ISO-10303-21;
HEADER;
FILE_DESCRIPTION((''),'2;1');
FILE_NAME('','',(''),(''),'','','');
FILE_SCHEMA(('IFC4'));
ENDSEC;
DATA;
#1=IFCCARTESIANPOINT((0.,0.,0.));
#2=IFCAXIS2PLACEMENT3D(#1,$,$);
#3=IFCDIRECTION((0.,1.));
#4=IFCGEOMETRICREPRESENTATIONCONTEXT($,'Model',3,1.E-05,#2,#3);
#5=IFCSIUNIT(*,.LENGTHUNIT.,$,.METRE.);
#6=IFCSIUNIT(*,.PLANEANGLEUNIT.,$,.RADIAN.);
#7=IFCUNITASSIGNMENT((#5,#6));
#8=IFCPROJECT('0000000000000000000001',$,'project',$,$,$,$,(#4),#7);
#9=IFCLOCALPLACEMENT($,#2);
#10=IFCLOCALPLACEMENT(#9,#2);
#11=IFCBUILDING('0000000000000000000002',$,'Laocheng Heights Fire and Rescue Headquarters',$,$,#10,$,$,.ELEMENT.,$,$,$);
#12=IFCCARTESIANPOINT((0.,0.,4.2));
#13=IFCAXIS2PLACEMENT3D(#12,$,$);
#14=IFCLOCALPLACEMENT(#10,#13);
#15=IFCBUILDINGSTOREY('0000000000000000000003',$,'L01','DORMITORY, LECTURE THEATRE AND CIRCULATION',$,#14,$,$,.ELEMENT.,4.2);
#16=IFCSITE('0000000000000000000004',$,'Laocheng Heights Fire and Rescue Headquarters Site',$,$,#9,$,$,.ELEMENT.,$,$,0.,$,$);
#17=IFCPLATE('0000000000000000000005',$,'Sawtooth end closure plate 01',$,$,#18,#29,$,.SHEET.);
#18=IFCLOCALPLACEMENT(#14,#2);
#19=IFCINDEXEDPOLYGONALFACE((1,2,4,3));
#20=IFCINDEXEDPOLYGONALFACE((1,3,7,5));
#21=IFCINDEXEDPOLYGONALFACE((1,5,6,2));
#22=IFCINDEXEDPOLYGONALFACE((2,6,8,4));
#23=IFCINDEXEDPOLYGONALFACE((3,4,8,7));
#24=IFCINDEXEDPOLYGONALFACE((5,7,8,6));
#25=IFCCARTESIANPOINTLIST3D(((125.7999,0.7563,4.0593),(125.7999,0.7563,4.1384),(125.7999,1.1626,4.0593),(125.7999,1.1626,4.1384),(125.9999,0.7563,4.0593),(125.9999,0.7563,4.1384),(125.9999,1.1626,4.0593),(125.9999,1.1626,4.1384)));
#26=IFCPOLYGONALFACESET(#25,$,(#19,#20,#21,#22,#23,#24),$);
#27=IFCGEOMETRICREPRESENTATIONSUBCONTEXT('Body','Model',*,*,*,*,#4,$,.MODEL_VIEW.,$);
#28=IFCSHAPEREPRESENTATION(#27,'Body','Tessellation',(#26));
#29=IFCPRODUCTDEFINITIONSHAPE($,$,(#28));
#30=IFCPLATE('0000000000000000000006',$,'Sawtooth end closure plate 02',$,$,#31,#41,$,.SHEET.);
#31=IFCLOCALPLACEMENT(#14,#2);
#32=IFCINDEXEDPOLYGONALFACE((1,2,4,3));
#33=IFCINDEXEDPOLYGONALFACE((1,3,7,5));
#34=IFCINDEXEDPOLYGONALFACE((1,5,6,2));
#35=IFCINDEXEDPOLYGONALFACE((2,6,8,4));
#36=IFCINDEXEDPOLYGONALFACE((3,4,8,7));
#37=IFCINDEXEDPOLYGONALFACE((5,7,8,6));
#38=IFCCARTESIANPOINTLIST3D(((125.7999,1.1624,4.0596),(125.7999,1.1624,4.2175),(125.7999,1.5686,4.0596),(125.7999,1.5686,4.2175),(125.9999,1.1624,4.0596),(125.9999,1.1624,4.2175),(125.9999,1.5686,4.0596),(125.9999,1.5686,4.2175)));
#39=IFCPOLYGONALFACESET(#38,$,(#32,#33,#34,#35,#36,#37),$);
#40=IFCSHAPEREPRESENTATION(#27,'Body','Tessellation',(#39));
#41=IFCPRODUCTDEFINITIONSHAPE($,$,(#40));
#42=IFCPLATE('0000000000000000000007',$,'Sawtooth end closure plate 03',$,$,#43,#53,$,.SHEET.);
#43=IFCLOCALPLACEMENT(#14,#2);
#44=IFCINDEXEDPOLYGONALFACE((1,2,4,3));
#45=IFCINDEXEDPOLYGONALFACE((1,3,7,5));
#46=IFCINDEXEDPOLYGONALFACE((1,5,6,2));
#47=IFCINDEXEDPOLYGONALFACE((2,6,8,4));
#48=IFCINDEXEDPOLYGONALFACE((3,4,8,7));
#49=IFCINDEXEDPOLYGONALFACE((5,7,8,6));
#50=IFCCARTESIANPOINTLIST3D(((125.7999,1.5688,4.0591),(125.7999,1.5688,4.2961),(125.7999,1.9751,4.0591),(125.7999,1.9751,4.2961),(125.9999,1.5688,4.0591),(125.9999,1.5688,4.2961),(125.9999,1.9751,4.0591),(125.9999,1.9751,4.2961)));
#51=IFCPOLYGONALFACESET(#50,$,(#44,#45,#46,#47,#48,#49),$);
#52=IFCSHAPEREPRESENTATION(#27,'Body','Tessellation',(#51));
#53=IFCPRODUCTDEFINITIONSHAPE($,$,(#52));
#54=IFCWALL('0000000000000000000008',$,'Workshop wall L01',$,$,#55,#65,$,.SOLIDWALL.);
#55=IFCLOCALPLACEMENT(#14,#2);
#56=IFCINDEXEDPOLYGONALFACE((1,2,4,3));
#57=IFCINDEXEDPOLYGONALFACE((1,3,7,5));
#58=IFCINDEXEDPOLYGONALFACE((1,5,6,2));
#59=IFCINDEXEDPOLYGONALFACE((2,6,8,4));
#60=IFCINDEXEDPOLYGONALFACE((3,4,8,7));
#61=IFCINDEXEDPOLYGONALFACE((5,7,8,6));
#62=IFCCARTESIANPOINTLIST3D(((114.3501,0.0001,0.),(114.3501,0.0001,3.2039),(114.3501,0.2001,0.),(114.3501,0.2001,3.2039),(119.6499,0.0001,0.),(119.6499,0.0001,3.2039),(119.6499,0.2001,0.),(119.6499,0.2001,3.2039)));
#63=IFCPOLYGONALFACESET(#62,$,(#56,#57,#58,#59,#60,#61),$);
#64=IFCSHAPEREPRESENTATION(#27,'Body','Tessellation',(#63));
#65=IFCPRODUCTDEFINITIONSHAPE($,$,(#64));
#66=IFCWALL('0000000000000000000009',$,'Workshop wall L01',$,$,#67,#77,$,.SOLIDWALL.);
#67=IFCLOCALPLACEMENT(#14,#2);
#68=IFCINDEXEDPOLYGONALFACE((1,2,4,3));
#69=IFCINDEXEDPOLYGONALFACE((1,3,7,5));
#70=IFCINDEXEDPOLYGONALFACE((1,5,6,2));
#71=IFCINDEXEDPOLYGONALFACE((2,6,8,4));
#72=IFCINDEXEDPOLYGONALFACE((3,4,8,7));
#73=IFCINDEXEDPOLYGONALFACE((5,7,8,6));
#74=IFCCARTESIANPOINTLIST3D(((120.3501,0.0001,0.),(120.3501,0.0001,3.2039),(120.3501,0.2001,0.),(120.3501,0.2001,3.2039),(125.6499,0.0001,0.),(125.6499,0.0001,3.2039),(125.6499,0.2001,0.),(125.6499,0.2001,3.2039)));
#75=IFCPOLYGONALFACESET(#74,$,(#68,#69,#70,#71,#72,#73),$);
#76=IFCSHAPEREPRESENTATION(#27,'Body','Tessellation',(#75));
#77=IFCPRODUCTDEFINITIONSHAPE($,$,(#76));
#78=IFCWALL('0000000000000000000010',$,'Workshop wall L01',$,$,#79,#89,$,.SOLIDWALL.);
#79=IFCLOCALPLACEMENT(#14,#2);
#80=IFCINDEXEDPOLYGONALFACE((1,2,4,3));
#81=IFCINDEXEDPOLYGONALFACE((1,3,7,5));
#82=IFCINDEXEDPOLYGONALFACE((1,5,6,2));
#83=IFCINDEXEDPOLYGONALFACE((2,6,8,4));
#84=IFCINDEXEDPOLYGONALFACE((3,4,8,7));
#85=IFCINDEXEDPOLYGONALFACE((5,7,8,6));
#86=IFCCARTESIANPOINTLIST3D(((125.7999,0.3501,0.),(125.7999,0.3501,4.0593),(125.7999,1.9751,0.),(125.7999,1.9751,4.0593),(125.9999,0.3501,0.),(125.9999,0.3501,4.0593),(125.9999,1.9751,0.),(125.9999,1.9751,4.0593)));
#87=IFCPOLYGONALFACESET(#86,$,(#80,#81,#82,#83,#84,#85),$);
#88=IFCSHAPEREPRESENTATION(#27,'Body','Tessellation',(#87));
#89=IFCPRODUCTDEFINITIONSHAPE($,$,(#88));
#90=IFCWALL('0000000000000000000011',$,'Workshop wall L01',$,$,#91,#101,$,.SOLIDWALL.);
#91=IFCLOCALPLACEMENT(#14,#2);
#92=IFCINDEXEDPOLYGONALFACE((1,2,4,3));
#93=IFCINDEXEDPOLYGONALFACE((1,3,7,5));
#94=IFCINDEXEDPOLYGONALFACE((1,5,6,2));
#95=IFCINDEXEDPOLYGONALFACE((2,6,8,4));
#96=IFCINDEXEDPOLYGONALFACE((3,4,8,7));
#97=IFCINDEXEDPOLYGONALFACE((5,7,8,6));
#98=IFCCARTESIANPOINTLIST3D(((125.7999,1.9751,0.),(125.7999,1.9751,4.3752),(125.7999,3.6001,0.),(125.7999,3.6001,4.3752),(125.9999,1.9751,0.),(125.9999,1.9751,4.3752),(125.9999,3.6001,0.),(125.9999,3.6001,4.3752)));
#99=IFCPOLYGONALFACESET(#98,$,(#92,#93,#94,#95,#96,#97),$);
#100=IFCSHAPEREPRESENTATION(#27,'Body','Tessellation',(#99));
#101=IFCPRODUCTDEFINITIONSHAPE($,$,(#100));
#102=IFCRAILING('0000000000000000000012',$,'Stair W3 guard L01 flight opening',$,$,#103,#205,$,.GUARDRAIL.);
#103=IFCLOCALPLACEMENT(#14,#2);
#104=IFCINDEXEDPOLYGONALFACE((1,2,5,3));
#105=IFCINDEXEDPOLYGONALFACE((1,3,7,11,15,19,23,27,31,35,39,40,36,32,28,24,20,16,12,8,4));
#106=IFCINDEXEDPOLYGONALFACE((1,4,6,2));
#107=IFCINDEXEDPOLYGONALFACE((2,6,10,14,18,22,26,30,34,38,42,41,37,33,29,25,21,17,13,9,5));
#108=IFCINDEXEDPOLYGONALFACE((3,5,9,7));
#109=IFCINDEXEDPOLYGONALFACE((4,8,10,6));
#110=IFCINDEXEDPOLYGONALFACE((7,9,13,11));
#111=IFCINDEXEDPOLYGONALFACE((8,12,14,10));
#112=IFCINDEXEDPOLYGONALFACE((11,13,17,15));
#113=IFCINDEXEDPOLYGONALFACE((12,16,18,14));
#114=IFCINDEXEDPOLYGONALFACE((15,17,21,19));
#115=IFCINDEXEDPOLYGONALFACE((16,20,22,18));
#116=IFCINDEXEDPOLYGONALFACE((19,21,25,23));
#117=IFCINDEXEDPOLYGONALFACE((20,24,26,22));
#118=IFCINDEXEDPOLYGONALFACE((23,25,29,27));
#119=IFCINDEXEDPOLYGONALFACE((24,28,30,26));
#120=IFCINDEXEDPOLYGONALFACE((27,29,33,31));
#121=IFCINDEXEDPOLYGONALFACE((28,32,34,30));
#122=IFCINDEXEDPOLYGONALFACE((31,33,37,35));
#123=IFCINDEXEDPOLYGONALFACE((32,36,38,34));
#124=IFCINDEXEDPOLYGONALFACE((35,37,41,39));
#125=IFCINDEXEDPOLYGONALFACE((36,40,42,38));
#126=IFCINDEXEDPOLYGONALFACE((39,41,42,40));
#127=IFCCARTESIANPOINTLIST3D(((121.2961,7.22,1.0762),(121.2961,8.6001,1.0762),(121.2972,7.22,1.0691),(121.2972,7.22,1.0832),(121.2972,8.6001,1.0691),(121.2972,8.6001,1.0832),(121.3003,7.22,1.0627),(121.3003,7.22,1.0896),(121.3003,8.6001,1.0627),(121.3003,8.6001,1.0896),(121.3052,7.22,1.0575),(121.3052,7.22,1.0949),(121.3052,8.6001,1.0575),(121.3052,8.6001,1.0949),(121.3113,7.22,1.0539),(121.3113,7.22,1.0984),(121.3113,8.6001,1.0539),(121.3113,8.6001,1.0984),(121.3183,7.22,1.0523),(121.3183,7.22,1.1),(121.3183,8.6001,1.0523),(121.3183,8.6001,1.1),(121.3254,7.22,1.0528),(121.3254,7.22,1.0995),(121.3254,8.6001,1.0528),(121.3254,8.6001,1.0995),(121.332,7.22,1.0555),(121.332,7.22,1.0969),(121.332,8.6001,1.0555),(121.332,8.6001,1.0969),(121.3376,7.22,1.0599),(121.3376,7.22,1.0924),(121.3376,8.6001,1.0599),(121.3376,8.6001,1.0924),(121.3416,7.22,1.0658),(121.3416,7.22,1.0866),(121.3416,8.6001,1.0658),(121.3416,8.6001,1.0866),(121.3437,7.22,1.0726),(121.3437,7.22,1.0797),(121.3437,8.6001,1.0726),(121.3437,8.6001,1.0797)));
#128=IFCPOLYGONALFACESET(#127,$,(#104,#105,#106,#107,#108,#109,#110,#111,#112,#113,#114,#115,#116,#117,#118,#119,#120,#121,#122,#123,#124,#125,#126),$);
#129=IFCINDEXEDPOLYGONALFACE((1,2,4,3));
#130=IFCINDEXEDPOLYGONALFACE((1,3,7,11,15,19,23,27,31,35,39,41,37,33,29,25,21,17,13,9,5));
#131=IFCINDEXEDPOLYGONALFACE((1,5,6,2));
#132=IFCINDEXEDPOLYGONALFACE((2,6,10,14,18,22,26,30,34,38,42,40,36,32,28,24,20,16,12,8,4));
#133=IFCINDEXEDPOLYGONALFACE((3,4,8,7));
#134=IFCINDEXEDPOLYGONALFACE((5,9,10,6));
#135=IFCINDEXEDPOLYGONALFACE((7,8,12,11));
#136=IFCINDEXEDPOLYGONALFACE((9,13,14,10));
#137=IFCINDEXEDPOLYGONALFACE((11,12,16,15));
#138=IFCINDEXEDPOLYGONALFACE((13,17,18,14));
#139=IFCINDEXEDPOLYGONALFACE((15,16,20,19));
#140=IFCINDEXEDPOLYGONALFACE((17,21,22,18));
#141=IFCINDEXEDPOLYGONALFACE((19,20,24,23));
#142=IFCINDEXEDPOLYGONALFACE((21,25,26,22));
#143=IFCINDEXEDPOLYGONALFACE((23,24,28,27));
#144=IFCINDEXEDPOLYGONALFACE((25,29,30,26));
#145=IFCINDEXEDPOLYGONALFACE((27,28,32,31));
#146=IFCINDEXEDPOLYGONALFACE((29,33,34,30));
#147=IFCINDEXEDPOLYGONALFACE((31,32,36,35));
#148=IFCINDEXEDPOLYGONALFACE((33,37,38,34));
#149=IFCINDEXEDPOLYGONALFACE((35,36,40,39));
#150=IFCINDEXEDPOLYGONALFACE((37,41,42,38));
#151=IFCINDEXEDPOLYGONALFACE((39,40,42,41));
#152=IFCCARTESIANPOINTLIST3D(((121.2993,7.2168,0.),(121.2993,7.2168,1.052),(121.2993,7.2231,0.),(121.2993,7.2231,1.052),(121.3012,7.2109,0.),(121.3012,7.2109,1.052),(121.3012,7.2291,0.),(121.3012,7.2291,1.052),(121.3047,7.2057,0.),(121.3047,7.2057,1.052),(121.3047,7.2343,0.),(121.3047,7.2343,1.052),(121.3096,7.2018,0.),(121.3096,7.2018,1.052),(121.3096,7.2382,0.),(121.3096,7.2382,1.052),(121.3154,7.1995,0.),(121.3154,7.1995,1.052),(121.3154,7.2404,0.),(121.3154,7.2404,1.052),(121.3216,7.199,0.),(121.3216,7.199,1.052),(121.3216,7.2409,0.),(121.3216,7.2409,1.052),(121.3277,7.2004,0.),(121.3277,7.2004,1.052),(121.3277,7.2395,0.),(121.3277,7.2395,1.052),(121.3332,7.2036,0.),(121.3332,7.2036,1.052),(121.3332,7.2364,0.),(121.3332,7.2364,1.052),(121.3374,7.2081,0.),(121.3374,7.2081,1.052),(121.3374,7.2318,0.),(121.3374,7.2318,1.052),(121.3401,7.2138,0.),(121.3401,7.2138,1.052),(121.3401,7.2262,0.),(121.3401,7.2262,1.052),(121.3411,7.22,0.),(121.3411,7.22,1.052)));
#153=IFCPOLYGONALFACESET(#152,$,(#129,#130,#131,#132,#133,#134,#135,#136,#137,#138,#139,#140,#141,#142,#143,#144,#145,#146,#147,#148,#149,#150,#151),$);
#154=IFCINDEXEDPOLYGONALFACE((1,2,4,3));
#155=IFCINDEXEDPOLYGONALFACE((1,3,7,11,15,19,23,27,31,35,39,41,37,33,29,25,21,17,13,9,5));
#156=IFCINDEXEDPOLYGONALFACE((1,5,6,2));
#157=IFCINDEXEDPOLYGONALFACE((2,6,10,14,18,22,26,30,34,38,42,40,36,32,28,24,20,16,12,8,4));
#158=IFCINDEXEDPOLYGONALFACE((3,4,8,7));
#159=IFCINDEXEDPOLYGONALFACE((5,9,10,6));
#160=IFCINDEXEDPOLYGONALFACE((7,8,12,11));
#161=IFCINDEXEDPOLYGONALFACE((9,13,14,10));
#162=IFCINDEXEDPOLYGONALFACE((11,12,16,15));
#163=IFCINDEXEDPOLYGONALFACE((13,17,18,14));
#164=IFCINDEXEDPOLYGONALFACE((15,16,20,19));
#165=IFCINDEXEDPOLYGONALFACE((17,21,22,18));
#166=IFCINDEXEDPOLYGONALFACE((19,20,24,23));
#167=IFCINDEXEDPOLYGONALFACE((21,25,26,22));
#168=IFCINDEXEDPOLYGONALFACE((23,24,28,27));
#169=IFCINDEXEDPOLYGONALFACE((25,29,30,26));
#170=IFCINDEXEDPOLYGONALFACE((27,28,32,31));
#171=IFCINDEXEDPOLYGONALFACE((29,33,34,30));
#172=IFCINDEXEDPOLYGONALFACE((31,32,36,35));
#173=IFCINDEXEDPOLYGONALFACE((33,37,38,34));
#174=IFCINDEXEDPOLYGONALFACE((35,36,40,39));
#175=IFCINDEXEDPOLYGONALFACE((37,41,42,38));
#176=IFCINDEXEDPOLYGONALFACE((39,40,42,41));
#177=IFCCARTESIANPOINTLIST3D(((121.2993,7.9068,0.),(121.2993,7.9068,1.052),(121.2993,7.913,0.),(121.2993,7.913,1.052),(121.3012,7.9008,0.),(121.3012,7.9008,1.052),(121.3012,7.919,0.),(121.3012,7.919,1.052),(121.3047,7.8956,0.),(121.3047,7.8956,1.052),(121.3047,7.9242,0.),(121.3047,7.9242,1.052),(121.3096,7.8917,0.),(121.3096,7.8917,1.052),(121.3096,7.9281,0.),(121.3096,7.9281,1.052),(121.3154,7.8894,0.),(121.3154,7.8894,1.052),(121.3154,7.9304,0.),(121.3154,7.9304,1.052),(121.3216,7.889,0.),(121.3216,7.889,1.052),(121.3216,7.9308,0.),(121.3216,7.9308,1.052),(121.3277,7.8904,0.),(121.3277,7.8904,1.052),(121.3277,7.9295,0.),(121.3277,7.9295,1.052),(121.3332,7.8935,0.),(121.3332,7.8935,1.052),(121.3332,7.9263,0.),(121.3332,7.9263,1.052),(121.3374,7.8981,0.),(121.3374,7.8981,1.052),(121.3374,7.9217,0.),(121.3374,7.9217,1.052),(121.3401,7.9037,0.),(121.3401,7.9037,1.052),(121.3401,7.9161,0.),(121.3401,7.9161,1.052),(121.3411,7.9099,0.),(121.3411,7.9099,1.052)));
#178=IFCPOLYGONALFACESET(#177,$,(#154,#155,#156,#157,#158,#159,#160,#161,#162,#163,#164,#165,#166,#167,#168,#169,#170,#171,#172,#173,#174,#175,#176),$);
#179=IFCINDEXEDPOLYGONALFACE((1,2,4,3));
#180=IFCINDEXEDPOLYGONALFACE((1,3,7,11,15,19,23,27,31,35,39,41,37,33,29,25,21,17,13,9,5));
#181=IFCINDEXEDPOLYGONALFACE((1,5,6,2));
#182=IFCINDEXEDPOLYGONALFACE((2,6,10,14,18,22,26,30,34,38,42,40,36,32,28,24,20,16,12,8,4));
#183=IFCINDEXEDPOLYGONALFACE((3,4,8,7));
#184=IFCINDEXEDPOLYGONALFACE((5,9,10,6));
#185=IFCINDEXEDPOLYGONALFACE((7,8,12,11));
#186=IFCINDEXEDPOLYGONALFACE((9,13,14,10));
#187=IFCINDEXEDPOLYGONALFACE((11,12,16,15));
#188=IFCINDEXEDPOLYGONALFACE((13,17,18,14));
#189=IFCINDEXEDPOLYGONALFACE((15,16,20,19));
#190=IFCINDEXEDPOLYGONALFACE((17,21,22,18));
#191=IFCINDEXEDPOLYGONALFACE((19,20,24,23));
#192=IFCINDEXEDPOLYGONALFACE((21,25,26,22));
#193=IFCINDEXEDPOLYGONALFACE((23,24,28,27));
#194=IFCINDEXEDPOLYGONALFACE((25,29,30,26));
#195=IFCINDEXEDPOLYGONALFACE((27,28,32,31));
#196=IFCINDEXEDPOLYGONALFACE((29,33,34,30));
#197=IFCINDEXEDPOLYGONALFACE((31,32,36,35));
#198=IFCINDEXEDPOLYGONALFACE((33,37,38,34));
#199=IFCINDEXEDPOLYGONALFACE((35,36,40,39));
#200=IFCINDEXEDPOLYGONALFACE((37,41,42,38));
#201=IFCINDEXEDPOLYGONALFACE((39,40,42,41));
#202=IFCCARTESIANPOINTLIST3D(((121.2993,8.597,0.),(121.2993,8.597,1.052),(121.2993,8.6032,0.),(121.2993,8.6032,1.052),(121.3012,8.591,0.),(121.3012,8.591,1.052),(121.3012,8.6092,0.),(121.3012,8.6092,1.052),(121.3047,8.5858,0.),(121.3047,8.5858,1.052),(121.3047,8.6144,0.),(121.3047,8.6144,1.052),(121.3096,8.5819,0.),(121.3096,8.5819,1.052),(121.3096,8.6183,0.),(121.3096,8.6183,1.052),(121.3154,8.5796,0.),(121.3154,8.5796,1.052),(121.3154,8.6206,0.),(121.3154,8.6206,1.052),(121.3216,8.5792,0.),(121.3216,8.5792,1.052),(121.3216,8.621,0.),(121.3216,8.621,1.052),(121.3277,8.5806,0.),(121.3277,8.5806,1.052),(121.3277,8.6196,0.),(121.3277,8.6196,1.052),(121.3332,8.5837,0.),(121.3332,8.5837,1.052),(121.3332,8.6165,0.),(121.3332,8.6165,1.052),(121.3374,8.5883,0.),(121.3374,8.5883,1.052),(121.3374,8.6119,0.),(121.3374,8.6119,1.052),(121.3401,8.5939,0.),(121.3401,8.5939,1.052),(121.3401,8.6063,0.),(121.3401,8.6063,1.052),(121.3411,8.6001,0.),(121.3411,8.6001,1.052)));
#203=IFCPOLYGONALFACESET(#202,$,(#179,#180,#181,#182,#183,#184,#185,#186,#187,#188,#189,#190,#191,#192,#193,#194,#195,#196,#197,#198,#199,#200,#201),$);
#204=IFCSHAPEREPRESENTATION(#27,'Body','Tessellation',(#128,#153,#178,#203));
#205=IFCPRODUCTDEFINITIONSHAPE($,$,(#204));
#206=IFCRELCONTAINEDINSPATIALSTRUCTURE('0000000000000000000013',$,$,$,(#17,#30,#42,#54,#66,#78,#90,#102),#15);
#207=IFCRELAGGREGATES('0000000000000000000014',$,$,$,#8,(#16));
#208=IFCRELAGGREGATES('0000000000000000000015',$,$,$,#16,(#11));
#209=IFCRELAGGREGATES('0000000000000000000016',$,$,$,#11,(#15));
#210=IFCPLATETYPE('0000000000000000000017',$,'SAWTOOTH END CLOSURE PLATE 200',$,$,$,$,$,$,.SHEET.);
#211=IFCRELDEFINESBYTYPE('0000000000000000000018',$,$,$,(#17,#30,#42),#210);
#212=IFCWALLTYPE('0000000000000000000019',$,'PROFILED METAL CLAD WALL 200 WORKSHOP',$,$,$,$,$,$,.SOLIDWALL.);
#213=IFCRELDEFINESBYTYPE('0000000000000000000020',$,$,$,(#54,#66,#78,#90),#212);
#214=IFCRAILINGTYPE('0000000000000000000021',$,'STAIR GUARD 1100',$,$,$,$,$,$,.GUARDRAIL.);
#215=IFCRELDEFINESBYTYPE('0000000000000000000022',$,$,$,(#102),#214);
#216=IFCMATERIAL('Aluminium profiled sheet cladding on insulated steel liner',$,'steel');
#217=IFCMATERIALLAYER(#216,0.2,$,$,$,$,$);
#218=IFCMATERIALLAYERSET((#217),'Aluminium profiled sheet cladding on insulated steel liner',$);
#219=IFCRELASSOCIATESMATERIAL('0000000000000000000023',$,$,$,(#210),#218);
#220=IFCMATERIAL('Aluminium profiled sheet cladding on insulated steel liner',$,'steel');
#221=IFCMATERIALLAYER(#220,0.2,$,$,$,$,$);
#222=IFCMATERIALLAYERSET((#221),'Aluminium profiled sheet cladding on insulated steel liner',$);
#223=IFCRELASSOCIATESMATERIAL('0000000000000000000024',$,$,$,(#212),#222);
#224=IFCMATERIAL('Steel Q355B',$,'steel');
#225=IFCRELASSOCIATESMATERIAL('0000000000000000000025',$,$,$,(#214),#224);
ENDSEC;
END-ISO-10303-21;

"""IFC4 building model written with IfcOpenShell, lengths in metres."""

from ifc_helpers import new_model, si_unit, direction, frame, frame_2d, origin, origin_2d, place, context, subcontext, project, spatial, rectangle, circle, extrude, material, layer, layer_set, type_object, element, save


model = new_model("IFC4")

# Units and contexts
model_context = context("Model", 3, precision=1e-05, world=origin(), true_north=direction((0.0, 1.0)))
body_context = subcontext(model_context, "Body", "Model", "MODEL_VIEW")
ifc_project = project(units=[si_unit("LENGTHUNIT", "METRE"), si_unit("PLANEANGLEUNIT", "RADIAN")], contexts=[model_context])

# Site, building, storey
site_placement = place(None, origin())
site = spatial("IfcSite", under=ifc_project, at=site_placement, Name="Laocheng Heights Fire and Rescue Headquarters Site", CompositionType="ELEMENT", RefElevation=0.0)
building_placement = place(site_placement, origin())
building = spatial("IfcBuilding", under=site, at=building_placement, Name="Laocheng Heights Fire and Rescue Headquarters", CompositionType="ELEMENT")
storey_placement = place(building_placement, frame((0.0, 0.0, 4.2)))
storey = spatial("IfcBuildingStorey", under=building, at=storey_placement, Name="L01", Description="DORMITORY, LECTURE THEATRE AND CIRCULATION", CompositionType="ELEMENT", Elevation=4.2)

# Plates
ifc_material_1 = material(Name="Aluminium profiled sheet cladding on insulated steel liner", Category="steel")
ifc_layer_1 = layer(ifc_material_1, 0.2)
ifc_layer_set_1 = layer_set([ifc_layer_1], Name="Aluminium profiled sheet cladding on insulated steel liner")
plate_type = type_object("IfcPlateType", Name="SAWTOOTH END CLOSURE PLATE 200", PredefinedType="SHEET", material=ifc_layer_set_1)
plate_1_placement = place(storey_placement, frame((125.8999, 0.9595, 4.0593), z_axis=(0.0, 0.0, 1.0), x_axis=(1.0, 0.0, 0.0)))
element("IfcPlate", 1, at=plate_1_placement, inside=storey, type_object=plate_type, Name="Sawtooth end closure plate 01", PredefinedType="SHEET", context=body_context, shape_type="SweptSolid", body=[
    extrude(rectangle(XDim=0.2, YDim=0.4062, at=origin_2d()), origin(), (0.0, 0.0, 1.0), 0.0791),
])
plate_2_placement = place(storey_placement, frame((125.8999, 1.3655, 4.0596), z_axis=(0.0, 0.0, 1.0), x_axis=(1.0, 0.0, 0.0)))
element("IfcPlate", 2, at=plate_2_placement, inside=storey, type_object=plate_type, Name="Sawtooth end closure plate 02", PredefinedType="SHEET", context=body_context, shape_type="SweptSolid", body=[
    extrude(rectangle(XDim=0.2, YDim=0.4062, at=origin_2d()), origin(), (0.0, 0.0, 1.0), 0.158),
])
plate_3_placement = place(storey_placement, frame((125.8999, 1.772, 4.0591), z_axis=(0.0, 0.0, 1.0), x_axis=(1.0, 0.0, 0.0)))
element("IfcPlate", 3, at=plate_3_placement, inside=storey, type_object=plate_type, Name="Sawtooth end closure plate 03", PredefinedType="SHEET", context=body_context, shape_type="SweptSolid", body=[
    extrude(rectangle(XDim=0.2, YDim=0.4062, at=origin_2d()), origin(), (0.0, 0.0, 1.0), 0.2371),
])

# Walls
ifc_material_2 = material(Name="Aluminium profiled sheet cladding on insulated steel liner", Category="steel")
ifc_layer_2 = layer(ifc_material_2, 0.2)
ifc_layer_set_2 = layer_set([ifc_layer_2], Name="Aluminium profiled sheet cladding on insulated steel liner")
wall_type = type_object("IfcWallType", Name="PROFILED METAL CLAD WALL 200 WORKSHOP", PredefinedType="SOLIDWALL", material=ifc_layer_set_2)
for number, where, z_axis, x_axis, name in (
    (4, (114.3501, 0.1001, 0.0), (0.0, 0.0, 1.0), (1.0, 0.0, 0.0), "Workshop wall L01"),
    (5, (120.3501, 0.1001, 0.0), (0.0, 0.0, 1.0), (1.0, 0.0, 0.0), "Workshop wall L01"),
):
    element("IfcWall", number, at=place(storey_placement, frame(where, z_axis=z_axis, x_axis=x_axis)), inside=storey, type_object=wall_type, Name=name, PredefinedType="SOLIDWALL", context=body_context, shape_type="SweptSolid", body=[
        extrude(rectangle(XDim=5.2998, YDim=0.2, at=frame_2d((2.6499, 0.0))), origin(), (0.0, 0.0, 1.0), 3.2039),
    ])
wall_1_placement = place(storey_placement, frame((125.8999, 0.3501, 0.0), z_axis=(0.0, 0.0, 1.0), x_axis=(0.0, 1.0, 0.0)))
element("IfcWall", 6, at=wall_1_placement, inside=storey, type_object=wall_type, Name="Workshop wall L01", PredefinedType="SOLIDWALL", context=body_context, shape_type="SweptSolid", body=[
    extrude(rectangle(XDim=1.625, YDim=0.2, at=frame_2d((0.8125, 0.0))), origin(), (0.0, 0.0, 1.0), 4.0593),
])
wall_2_placement = place(storey_placement, frame((125.8999, 1.9751, 0.0), z_axis=(0.0, 0.0, 1.0), x_axis=(0.0, 1.0, 0.0)))
element("IfcWall", 7, at=wall_2_placement, inside=storey, type_object=wall_type, Name="Workshop wall L01", PredefinedType="SOLIDWALL", context=body_context, shape_type="SweptSolid", body=[
    extrude(rectangle(XDim=1.625, YDim=0.2, at=frame_2d((0.8125, 0.0))), origin(), (0.0, 0.0, 1.0), 4.3752),
])

# Railing
ifc_material_3 = material(Name="Steel Q355B", Category="steel")
railing_type = type_object("IfcRailingType", Name="STAIR GUARD 1100", PredefinedType="GUARDRAIL", material=ifc_material_3)
railing_1_placement = place(storey_placement, frame((121.3201, 7.22, 0.0)))
element("IfcRailing", 8, at=railing_1_placement, inside=storey, type_object=railing_type, Name="Stair W3 guard L01 flight opening", PredefinedType="GUARDRAIL", context=body_context, shape_type="SweptSolid", body=[
    extrude(circle(Radius=0.0239, at=origin_2d()), frame((0.0, 0.0, 1.0762), z_axis=(0.0, 1.0, 0.0), x_axis=(-1.0, 0.0, 0.0)), (0.0, 0.0, 1.0), 1.3801),
    extrude(circle(Radius=0.021, at=origin_2d()), origin(), (0.0, 0.0, 1.0), 1.052),
    extrude(circle(Radius=0.021, at=origin_2d()), frame((0.0, 0.6899, 0.0)), (0.0, 0.0, 1.0), 1.052),
    extrude(circle(Radius=0.021, at=origin_2d()), frame((0.0, 1.3801, 0.0)), (0.0, 0.0, 1.0), 1.052),
])

save(model, "model.ifc")
